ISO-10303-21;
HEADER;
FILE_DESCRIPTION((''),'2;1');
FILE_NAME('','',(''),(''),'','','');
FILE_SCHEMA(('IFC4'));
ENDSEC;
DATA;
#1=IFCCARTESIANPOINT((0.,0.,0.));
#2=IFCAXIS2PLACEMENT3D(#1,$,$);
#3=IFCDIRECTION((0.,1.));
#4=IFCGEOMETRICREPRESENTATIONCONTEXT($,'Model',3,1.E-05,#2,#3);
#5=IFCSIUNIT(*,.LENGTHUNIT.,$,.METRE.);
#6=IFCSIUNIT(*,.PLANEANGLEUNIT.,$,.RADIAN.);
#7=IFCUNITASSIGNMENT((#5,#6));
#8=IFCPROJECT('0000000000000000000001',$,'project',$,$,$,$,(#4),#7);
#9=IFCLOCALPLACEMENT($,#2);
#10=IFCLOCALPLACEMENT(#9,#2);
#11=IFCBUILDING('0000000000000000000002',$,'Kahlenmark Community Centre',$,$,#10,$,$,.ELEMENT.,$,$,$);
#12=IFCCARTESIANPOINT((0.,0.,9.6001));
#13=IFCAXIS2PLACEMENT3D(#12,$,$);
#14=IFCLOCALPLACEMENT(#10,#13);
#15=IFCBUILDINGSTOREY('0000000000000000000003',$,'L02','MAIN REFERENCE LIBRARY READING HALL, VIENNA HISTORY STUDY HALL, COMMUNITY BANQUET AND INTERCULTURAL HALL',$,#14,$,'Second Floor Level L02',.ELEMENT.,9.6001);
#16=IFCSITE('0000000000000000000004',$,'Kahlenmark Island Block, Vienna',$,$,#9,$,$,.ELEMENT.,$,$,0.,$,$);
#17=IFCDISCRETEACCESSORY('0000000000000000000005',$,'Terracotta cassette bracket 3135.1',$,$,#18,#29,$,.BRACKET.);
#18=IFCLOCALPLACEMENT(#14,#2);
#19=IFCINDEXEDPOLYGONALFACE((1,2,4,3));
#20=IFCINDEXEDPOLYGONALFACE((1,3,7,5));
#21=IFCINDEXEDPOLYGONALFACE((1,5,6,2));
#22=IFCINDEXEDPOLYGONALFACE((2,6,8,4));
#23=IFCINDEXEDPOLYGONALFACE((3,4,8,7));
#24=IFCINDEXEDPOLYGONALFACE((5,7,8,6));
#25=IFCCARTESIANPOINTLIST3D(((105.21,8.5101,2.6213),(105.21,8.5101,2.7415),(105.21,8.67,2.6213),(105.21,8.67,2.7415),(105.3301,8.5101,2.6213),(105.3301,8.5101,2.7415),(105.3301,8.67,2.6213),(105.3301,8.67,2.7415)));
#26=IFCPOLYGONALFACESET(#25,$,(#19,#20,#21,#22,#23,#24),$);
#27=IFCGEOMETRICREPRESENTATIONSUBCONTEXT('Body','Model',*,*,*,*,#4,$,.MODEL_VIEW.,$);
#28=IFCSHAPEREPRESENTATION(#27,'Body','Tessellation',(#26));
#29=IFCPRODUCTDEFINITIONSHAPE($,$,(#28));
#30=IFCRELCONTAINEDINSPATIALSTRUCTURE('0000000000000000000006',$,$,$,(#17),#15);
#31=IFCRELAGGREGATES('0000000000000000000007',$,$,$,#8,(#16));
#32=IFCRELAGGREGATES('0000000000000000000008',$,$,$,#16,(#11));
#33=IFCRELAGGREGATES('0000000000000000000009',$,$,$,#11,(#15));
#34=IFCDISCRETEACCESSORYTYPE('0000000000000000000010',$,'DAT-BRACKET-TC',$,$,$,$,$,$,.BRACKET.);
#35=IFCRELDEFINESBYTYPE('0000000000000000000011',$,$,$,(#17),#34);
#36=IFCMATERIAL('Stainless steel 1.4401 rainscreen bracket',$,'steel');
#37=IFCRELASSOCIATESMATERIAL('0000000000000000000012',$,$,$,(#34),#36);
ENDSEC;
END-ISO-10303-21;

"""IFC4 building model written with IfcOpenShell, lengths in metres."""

from ifc_helpers import new_model, si_unit, direction, frame, origin, origin_2d, place, context, subcontext, project, spatial, rectangle, extrude, material, type_object, element, save


model = new_model("IFC4")

# Units and contexts
model_context = context("Model", 3, precision=1e-05, world=origin(), true_north=direction((0.0, 1.0)))
body_context = subcontext(model_context, "Body", "Model", "MODEL_VIEW")
ifc_project = project(units=[si_unit("LENGTHUNIT", "METRE"), si_unit("PLANEANGLEUNIT", "RADIAN")], contexts=[model_context])

# Site, building, storey
site_placement = place(None, origin())
site = spatial("IfcSite", under=ifc_project, at=site_placement, Name="Kahlenmark Island Block, Vienna", CompositionType="ELEMENT", RefElevation=0.0)
building_placement = place(site_placement, origin())
building = spatial("IfcBuilding", under=site, at=building_placement, Name="Kahlenmark Community Centre", CompositionType="ELEMENT")
storey_placement = place(building_placement, frame((0.0, 0.0, 9.6001)))
storey = spatial("IfcBuildingStorey", under=building, at=storey_placement, Name="L02", Description="MAIN REFERENCE LIBRARY READING HALL, VIENNA HISTORY STUDY HALL, COMMUNITY BANQUET AND INTERCULTURAL HALL", LongName="Second Floor Level L02", CompositionType="ELEMENT", Elevation=9.6001)

# Discrete accessory
ifc_material_1 = material(Name="Stainless steel 1.4401 rainscreen bracket", Category="steel")
discrete_accessory_type = type_object("IfcDiscreteAccessoryType", Name="DAT-BRACKET-TC", PredefinedType="BRACKET", material=ifc_material_1)
for number, where, z_axis, x_axis, name in (
    (1, (105.27, 8.5901, 2.6213), (0.0, 0.0, 1.0), (1.0, 0.0, 0.0), "Terracotta cassette bracket 3135.1"),
):
    element("IfcDiscreteAccessory", number, at=place(storey_placement, frame(where, z_axis=z_axis, x_axis=x_axis)), inside=storey, type_object=discrete_accessory_type, Name=name, PredefinedType="BRACKET", context=body_context, shape_type="SweptSolid", body=[
        extrude(rectangle(XDim=0.1201, YDim=0.1599, at=origin_2d()), origin(), (0.0, 0.0, 1.0), 0.1201),
    ])

save(model, "model.ifc")
